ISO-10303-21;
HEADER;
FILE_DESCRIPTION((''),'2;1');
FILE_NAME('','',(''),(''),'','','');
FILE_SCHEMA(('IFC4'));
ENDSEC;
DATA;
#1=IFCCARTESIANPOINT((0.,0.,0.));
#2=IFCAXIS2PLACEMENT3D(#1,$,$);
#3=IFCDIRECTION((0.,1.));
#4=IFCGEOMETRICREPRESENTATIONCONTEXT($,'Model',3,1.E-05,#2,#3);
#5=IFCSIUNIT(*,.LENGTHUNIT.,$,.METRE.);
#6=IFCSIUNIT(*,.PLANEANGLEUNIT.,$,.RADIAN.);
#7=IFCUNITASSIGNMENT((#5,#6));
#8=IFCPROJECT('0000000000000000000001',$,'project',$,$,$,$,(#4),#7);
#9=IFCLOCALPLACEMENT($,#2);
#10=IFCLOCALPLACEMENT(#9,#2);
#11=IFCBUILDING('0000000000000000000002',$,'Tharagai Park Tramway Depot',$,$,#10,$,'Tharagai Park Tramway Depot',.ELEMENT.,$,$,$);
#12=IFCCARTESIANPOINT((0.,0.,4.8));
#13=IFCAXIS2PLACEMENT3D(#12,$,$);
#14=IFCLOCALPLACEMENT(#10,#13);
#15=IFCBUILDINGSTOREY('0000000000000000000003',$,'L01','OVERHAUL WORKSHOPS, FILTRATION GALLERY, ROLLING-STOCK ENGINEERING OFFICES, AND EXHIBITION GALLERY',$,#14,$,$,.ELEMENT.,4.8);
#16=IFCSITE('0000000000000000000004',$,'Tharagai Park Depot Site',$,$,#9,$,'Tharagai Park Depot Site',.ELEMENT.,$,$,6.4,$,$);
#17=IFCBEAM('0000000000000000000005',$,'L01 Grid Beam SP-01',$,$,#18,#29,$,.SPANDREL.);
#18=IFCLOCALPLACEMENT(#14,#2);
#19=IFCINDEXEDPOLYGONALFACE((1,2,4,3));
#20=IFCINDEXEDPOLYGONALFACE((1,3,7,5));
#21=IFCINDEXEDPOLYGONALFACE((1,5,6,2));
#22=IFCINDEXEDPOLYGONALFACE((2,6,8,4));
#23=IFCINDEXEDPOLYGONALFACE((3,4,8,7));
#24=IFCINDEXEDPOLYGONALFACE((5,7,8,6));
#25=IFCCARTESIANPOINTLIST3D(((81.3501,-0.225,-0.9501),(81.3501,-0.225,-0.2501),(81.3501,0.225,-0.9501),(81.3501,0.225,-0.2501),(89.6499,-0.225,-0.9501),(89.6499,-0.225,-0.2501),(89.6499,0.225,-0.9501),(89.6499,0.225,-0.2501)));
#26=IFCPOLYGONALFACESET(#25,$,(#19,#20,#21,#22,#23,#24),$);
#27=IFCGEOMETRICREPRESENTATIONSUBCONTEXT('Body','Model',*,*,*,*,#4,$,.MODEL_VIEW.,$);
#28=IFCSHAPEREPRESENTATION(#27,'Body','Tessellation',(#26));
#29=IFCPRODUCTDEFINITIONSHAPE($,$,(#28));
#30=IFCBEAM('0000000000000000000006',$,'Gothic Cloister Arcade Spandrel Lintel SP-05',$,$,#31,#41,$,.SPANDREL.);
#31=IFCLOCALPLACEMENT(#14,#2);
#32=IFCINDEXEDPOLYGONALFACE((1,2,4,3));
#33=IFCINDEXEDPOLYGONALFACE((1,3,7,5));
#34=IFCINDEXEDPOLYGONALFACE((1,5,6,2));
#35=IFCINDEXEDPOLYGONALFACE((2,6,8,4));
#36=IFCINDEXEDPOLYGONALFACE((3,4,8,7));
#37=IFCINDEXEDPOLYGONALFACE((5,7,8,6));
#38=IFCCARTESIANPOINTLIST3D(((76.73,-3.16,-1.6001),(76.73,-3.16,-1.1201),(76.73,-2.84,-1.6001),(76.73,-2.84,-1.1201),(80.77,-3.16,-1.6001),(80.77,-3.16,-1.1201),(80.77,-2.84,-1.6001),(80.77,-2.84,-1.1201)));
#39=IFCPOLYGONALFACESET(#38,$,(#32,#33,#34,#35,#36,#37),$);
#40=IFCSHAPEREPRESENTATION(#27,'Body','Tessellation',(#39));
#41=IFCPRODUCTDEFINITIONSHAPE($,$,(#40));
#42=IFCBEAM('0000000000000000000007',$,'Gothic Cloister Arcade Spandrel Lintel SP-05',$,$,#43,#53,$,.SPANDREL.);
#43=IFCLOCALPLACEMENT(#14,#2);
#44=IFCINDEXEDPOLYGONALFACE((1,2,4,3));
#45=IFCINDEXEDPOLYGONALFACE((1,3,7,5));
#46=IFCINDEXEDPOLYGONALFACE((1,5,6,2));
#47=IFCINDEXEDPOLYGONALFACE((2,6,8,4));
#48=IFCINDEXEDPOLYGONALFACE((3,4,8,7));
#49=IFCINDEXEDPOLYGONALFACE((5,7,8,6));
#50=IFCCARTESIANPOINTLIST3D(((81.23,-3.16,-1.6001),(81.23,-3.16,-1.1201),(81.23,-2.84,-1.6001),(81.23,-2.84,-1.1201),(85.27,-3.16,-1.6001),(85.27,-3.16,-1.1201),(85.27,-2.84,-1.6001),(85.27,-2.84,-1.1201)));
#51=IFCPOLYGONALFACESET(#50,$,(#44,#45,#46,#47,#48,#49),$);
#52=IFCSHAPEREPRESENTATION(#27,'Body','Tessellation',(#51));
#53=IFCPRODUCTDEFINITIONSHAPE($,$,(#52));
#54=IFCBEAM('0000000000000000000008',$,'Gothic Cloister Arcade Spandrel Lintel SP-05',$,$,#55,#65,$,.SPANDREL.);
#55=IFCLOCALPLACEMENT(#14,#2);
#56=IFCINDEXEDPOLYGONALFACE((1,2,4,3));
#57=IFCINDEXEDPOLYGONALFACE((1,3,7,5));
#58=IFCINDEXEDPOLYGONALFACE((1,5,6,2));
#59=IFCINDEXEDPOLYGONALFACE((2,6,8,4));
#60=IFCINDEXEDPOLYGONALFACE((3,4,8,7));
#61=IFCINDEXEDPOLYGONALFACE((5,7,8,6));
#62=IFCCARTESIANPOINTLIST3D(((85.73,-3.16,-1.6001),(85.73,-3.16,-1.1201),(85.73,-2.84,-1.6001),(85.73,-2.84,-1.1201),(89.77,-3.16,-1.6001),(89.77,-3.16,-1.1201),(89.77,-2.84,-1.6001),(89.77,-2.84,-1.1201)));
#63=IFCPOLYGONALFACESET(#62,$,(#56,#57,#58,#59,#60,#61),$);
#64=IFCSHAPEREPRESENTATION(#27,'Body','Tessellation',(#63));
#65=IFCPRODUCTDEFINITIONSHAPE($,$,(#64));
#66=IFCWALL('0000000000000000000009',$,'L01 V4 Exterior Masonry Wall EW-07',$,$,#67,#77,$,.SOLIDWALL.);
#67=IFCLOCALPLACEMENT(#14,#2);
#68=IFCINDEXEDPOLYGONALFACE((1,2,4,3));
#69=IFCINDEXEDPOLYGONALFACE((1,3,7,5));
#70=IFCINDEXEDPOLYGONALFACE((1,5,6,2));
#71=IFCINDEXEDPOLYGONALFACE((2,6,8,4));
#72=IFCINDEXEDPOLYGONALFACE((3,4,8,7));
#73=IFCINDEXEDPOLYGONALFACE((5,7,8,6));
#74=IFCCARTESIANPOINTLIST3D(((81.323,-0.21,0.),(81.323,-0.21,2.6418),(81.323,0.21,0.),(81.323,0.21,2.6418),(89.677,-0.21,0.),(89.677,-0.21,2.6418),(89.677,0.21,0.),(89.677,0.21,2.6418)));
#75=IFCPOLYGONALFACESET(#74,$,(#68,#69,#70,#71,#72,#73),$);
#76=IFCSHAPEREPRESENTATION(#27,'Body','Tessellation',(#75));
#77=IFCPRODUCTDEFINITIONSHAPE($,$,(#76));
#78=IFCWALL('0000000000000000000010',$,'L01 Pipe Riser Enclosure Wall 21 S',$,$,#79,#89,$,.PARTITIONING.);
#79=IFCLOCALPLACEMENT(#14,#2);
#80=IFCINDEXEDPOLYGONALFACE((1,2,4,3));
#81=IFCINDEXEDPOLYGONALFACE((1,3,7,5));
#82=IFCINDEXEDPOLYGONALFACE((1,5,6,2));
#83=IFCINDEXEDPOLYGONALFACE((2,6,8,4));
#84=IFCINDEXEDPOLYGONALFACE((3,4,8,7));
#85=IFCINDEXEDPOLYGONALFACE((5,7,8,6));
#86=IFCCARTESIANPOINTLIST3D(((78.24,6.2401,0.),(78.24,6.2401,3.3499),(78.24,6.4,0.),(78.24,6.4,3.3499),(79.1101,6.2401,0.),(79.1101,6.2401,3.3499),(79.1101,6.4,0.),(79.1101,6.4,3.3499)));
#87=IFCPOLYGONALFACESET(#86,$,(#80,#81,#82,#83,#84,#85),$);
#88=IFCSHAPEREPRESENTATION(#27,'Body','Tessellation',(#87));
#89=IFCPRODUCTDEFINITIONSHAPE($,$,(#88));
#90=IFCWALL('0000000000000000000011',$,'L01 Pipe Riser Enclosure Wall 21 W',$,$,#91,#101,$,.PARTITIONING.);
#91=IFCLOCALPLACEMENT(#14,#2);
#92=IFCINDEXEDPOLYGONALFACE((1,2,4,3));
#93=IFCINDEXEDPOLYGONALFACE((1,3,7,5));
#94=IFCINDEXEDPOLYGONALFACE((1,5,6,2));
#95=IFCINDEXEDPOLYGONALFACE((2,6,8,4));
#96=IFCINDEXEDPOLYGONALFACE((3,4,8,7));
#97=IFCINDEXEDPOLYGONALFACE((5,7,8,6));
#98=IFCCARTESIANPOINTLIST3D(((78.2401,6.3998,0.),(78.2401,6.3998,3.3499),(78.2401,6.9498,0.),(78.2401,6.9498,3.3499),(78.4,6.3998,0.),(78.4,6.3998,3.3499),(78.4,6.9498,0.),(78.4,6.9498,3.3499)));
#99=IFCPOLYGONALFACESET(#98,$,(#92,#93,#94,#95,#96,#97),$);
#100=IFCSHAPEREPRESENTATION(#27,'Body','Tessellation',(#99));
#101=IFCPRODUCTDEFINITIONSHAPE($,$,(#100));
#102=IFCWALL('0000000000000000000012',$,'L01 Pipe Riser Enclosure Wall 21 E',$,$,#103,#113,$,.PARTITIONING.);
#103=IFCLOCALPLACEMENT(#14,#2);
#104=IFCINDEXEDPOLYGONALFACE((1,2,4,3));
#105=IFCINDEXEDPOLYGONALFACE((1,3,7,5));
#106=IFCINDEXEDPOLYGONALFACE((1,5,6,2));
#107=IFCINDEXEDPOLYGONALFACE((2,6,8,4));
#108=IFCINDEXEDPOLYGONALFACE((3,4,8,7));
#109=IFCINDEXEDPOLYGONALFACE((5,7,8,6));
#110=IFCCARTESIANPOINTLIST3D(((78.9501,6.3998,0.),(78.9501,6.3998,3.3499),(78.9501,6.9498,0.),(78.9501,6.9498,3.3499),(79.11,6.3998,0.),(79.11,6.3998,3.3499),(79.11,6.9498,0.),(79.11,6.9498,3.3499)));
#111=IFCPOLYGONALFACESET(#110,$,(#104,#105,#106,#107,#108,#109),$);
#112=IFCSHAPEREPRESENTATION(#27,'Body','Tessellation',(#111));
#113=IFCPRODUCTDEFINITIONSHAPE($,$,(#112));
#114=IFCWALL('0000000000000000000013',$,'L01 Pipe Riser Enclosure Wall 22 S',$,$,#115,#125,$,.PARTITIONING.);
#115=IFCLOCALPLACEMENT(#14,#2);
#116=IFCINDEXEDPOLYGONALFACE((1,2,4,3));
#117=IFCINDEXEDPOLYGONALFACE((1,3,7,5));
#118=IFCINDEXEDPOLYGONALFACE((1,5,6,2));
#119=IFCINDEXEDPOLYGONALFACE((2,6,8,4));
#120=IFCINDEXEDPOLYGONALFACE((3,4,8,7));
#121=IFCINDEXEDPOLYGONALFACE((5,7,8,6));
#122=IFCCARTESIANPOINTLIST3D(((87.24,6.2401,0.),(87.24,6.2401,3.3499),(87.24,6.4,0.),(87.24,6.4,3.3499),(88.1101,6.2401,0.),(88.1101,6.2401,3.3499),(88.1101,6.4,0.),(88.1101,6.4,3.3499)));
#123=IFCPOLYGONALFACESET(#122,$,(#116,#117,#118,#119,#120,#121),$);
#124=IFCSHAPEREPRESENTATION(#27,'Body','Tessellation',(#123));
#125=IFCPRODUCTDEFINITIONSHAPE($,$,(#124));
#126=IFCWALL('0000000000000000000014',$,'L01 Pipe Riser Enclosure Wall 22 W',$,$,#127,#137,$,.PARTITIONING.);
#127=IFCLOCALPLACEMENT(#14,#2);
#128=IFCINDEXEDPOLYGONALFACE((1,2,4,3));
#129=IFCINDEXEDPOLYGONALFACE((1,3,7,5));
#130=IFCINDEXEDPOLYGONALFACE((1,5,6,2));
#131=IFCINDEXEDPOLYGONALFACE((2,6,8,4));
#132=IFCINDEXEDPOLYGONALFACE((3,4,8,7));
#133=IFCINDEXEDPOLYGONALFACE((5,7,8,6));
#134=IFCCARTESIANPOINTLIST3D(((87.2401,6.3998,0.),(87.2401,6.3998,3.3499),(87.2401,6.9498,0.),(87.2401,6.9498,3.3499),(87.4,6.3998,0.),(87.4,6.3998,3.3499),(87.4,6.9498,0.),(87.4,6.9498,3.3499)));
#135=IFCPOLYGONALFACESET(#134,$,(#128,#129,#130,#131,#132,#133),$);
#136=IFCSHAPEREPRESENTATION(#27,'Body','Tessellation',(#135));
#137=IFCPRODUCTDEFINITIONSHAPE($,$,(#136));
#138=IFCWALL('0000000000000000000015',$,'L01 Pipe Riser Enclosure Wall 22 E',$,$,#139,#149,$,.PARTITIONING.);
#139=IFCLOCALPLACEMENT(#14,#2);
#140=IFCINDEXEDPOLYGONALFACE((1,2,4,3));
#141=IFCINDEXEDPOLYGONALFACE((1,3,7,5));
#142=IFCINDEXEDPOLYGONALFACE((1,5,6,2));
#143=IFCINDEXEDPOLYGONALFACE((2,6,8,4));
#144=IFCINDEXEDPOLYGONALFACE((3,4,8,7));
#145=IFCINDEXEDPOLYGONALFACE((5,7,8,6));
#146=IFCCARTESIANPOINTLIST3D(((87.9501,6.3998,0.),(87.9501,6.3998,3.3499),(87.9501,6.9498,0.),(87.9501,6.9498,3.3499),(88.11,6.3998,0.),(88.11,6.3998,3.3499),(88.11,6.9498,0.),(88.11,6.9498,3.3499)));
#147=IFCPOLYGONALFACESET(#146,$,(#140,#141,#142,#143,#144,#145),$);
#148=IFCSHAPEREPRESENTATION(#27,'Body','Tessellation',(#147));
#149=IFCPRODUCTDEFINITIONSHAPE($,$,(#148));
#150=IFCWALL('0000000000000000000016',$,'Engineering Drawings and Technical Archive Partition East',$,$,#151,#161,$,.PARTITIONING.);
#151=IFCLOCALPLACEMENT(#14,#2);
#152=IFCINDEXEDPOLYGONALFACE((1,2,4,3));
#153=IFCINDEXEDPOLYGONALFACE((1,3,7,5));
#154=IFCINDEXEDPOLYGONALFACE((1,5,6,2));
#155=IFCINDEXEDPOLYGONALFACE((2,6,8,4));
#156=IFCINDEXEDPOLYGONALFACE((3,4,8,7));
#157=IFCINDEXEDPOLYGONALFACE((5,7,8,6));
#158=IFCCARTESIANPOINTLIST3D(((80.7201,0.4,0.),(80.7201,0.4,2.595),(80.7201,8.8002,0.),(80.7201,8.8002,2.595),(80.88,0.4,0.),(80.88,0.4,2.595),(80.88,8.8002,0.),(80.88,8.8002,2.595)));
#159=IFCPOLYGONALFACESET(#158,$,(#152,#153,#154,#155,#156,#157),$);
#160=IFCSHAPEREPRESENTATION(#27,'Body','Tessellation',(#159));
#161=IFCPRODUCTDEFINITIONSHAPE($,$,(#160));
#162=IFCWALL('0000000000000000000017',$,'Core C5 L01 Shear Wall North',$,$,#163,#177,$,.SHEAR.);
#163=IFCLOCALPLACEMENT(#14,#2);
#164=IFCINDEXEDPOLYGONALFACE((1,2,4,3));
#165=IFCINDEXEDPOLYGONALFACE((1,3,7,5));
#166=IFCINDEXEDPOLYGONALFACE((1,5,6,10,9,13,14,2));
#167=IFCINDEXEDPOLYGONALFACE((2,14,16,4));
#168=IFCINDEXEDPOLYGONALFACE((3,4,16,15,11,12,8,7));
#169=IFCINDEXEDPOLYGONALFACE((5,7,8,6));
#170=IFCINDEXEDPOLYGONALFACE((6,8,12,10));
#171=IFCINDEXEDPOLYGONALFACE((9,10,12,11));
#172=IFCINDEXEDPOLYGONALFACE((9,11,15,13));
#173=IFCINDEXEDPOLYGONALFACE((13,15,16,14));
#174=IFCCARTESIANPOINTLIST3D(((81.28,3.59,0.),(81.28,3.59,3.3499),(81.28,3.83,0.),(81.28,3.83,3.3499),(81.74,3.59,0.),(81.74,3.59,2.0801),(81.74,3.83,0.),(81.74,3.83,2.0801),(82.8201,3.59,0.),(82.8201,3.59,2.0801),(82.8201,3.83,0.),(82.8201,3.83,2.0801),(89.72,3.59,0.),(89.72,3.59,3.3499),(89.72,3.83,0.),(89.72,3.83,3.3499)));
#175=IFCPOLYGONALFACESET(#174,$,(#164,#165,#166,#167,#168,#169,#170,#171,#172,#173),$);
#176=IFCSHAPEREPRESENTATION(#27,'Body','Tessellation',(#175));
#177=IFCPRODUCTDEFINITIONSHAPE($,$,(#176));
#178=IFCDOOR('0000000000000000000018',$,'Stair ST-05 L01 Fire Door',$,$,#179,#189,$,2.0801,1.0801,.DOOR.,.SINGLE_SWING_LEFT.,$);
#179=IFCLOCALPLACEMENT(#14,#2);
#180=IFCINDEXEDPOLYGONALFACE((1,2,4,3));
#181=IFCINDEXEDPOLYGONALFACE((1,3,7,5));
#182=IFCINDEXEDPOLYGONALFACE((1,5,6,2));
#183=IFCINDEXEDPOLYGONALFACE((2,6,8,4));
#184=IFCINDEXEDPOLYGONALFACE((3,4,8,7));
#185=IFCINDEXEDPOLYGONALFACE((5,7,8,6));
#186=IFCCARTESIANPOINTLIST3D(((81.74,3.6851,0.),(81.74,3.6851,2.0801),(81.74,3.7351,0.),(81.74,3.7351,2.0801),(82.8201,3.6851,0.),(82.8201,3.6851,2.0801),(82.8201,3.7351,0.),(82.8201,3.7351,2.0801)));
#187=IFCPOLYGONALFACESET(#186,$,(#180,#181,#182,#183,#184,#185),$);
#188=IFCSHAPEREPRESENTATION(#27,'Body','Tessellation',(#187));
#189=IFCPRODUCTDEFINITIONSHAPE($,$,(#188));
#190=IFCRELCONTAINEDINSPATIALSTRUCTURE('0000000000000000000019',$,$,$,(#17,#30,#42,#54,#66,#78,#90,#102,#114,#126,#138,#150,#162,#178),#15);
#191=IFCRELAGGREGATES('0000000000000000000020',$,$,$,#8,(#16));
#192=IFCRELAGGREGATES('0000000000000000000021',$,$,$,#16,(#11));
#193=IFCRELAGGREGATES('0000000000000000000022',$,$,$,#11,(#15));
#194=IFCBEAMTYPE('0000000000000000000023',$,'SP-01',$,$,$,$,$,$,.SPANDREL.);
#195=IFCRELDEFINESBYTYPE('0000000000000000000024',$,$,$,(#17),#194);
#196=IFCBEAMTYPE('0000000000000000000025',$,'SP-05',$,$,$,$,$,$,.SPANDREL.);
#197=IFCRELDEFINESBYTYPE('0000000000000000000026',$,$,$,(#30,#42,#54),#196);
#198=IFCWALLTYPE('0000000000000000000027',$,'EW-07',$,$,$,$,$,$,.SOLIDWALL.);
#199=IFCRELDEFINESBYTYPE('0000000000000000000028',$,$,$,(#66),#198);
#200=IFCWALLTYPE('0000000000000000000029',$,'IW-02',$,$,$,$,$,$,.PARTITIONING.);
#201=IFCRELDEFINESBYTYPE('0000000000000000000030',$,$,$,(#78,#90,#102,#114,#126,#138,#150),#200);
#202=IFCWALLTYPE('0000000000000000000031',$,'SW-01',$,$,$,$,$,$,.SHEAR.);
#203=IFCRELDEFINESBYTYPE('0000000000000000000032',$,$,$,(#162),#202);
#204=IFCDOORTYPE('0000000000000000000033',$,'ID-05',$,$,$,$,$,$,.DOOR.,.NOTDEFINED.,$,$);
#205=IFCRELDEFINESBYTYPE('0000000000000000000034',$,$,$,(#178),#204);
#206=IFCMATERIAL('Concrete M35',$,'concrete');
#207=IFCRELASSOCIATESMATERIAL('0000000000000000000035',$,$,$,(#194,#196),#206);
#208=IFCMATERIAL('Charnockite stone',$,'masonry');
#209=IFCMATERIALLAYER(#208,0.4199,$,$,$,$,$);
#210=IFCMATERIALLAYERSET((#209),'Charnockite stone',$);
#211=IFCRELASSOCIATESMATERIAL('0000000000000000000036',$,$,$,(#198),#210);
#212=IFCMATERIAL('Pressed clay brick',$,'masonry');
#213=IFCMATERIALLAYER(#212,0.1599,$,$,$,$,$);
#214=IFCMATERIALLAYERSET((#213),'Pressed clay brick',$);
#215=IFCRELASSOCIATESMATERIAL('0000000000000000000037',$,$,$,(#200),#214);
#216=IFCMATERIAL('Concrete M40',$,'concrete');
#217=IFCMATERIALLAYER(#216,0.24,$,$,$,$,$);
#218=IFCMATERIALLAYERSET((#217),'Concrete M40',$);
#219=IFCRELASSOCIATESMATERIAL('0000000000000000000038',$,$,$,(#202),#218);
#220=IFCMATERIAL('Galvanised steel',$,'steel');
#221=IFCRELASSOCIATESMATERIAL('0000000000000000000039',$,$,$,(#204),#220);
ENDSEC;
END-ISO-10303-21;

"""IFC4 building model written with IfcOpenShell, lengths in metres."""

from ifc_helpers import new_model, si_unit, direction, frame, frame_2d, origin, origin_2d, place, context, subcontext, project, spatial, rectangle, extrude, material, layer, layer_set, material_profile, profile_set, type_object, element, fill, save


model = new_model("IFC4")

# Units and contexts
model_context = context("Model", 3, precision=1e-05, world=origin(), true_north=direction((0.0, 1.0)))
body_context = subcontext(model_context, "Body", "Model", "MODEL_VIEW")
ifc_project = project(units=[si_unit("LENGTHUNIT", "METRE"), si_unit("PLANEANGLEUNIT", "RADIAN")], contexts=[model_context])

# Site, building, storey
site_placement = place(None, origin())
site = spatial("IfcSite", under=ifc_project, at=site_placement, Name="Tharagai Park Depot Site", LongName="Tharagai Park Depot Site", CompositionType="ELEMENT", RefElevation=6.4)
building_placement = place(site_placement, origin())
building = spatial("IfcBuilding", under=site, at=building_placement, Name="Tharagai Park Tramway Depot", LongName="Tharagai Park Tramway Depot", CompositionType="ELEMENT")
storey_placement = place(building_placement, frame((0.0, 0.0, 4.8)))
storey = spatial("IfcBuildingStorey", under=building, at=storey_placement, Name="L01", Description="OVERHAUL WORKSHOPS, FILTRATION GALLERY, ROLLING-STOCK ENGINEERING OFFICES, AND EXHIBITION GALLERY", CompositionType="ELEMENT", Elevation=4.8)

# Shared definitions
ifc_material_1 = material(Name="Concrete M40", Category="concrete")

# Shared definitions
ifc_material_2 = material(Name="Concrete M35", Category="concrete")

# Beams
ifc_material_profile_1 = material_profile(ifc_material_2, rectangle(XDim=0.45, YDim=0.7, at=origin_2d()), Name="RC 450x700")
ifc_profile_set_1 = profile_set([ifc_material_profile_1], Name="Concrete M35")
beam_type_1 = type_object("IfcBeamType", Name="SP-01", PredefinedType="SPANDREL", material=ifc_profile_set_1)
beam_1_placement = place(storey_placement, frame((81.3501, 0.0, -0.6001), z_axis=(1.0, 0.0, 0.0), x_axis=(0.0, 1.0, 0.0)))
element("IfcBeam", 1, at=beam_1_placement, inside=storey, type_object=beam_type_1, Name="L01 Grid Beam SP-01", PredefinedType="SPANDREL", context=body_context, shape_type="SweptSolid", body=[
    extrude(rectangle(XDim=0.45, YDim=0.7, at=origin_2d()), origin(), (0.0, 0.0, 1.0), 8.2998),
])
ifc_material_profile_2 = material_profile(ifc_material_2, rectangle(XDim=0.3201, YDim=0.48, at=origin_2d()), Name="RC 320x480")
ifc_profile_set_2 = profile_set([ifc_material_profile_2], Name="Concrete M35")
beam_type_2 = type_object("IfcBeamType", Name="SP-05", PredefinedType="SPANDREL", material=ifc_profile_set_2)
for number, where, z_axis, x_axis, name in (
    (2, (76.73, -3.0, -1.3601), (1.0, 0.0, 0.0), (0.0, 1.0, 0.0), "Gothic Cloister Arcade Spandrel Lintel SP-05"),
    (3, (81.23, -3.0, -1.3601), (1.0, 0.0, 0.0), (0.0, 1.0, 0.0), "Gothic Cloister Arcade Spandrel Lintel SP-05"),
    (4, (85.73, -3.0, -1.3601), (1.0, 0.0, 0.0), (0.0, 1.0, 0.0), "Gothic Cloister Arcade Spandrel Lintel SP-05"),
):
    element("IfcBeam", number, at=place(storey_placement, frame(where, z_axis=z_axis, x_axis=x_axis)), inside=storey, type_object=beam_type_2, Name=name, PredefinedType="SPANDREL", context=body_context, shape_type="SweptSolid", body=[
        extrude(rectangle(XDim=0.3201, YDim=0.48, at=origin_2d()), origin(), (0.0, 0.0, 1.0), 4.04),
    ])

# Walls
ifc_material_3 = material(Name="Charnockite stone", Category="masonry")
ifc_layer_1 = layer(ifc_material_3, 0.4199)
ifc_layer_set_1 = layer_set([ifc_layer_1], Name="Charnockite stone")
wall_type_1 = type_object("IfcWallType", Name="EW-07", PredefinedType="SOLIDWALL", material=ifc_layer_set_1)
wall_1_placement = place(storey_placement, frame((81.323, 0.0, 0.0), z_axis=(0.0, 0.0, 1.0), x_axis=(1.0, 0.0, 0.0)))
element("IfcWall", 5, at=wall_1_placement, inside=storey, type_object=wall_type_1, Name="L01 V4 Exterior Masonry Wall EW-07", PredefinedType="SOLIDWALL", context=body_context, shape_type="SweptSolid", body=[
    extrude(rectangle(XDim=8.354, YDim=0.4199, at=frame_2d((4.177, 0.0))), origin(), (0.0, 0.0, 1.0), 2.6418),
])
ifc_material_4 = material(Name="Pressed clay brick", Category="masonry")
ifc_layer_2 = layer(ifc_material_4, 0.1599)
ifc_layer_set_2 = layer_set([ifc_layer_2], Name="Pressed clay brick")
wall_type_2 = type_object("IfcWallType", Name="IW-02", PredefinedType="PARTITIONING", material=ifc_layer_set_2)
wall_2_placement = place(storey_placement, frame((78.24, 6.3201, 0.0), z_axis=(0.0, 0.0, 1.0), x_axis=(1.0, 0.0, 0.0)))
element("IfcWall", 6, at=wall_2_placement, inside=storey, type_object=wall_type_2, Name="L01 Pipe Riser Enclosure Wall 21 S", PredefinedType="PARTITIONING", context=body_context, shape_type="SweptSolid", body=[
    extrude(rectangle(XDim=0.8701, YDim=0.1599, at=frame_2d((0.4351, 0.0))), origin(), (0.0, 0.0, 1.0), 3.3499),
])
for number, where, z_axis, x_axis, name in (
    (7, (78.3201, 6.3999, 0.0), (0.0, 0.0, 1.0), (0.0, 1.0, 0.0), "L01 Pipe Riser Enclosure Wall 21 W"),
    (8, (79.03, 6.3999, 0.0), (0.0, 0.0, 1.0), (0.0, 1.0, 0.0), "L01 Pipe Riser Enclosure Wall 21 E"),
):
    element("IfcWall", number, at=place(storey_placement, frame(where, z_axis=z_axis, x_axis=x_axis)), inside=storey, type_object=wall_type_2, Name=name, PredefinedType="PARTITIONING", context=body_context, shape_type="SweptSolid", body=[
        extrude(rectangle(XDim=0.55, YDim=0.1599, at=frame_2d((0.2749, 0.0))), origin(), (0.0, 0.0, 1.0), 3.3499),
    ])
wall_3_placement = place(storey_placement, frame((87.24, 6.3201, 0.0), z_axis=(0.0, 0.0, 1.0), x_axis=(1.0, 0.0, 0.0)))
element("IfcWall", 9, at=wall_3_placement, inside=storey, type_object=wall_type_2, Name="L01 Pipe Riser Enclosure Wall 22 S", PredefinedType="PARTITIONING", context=body_context, shape_type="SweptSolid", body=[
    extrude(rectangle(XDim=0.8701, YDim=0.1599, at=frame_2d((0.4351, 0.0))), origin(), (0.0, 0.0, 1.0), 3.3499),
])
for number, where, z_axis, x_axis, name in (
    (10, (87.3201, 6.3999, 0.0), (0.0, 0.0, 1.0), (0.0, 1.0, 0.0), "L01 Pipe Riser Enclosure Wall 22 W"),
    (11, (88.03, 6.3999, 0.0), (0.0, 0.0, 1.0), (0.0, 1.0, 0.0), "L01 Pipe Riser Enclosure Wall 22 E"),
):
    element("IfcWall", number, at=place(storey_placement, frame(where, z_axis=z_axis, x_axis=x_axis)), inside=storey, type_object=wall_type_2, Name=name, PredefinedType="PARTITIONING", context=body_context, shape_type="SweptSolid", body=[
        extrude(rectangle(XDim=0.55, YDim=0.1599, at=frame_2d((0.2749, 0.0))), origin(), (0.0, 0.0, 1.0), 3.3499),
    ])
wall_4_placement = place(storey_placement, frame((80.8, 0.3999, 0.0), z_axis=(0.0, 0.0, 1.0), x_axis=(0.0, 1.0, 0.0)))
element("IfcWall", 12, at=wall_4_placement, inside=storey, type_object=wall_type_2, Name="Engineering Drawings and Technical Archive Partition East", PredefinedType="PARTITIONING", context=body_context, shape_type="SweptSolid", body=[
    extrude(rectangle(XDim=8.4001, YDim=0.1599, at=frame_2d((4.2002, 0.0))), origin(), (0.0, 0.0, 1.0), 2.595),
])

# Wall, opening, door
ifc_layer_3 = layer(ifc_material_1, 0.24)
ifc_layer_set_3 = layer_set([ifc_layer_3], Name="Concrete M40")
wall_type_3 = type_object("IfcWallType", Name="SW-01", PredefinedType="SHEAR", material=ifc_layer_set_3)
wall_5_placement = place(storey_placement, frame((81.28, 3.71, 0.0), z_axis=(0.0, 0.0, 1.0), x_axis=(1.0, 0.0, 0.0)))
wall_5 = element("IfcWall", 13, at=wall_5_placement, inside=storey, type_object=wall_type_3, Name="Core C5 L01 Shear Wall North", PredefinedType="SHEAR", context=body_context, shape_type="SweptSolid", body=[
    extrude(rectangle(XDim=8.4399, YDim=0.24, at=frame_2d((4.22, 0.0))), origin(), (0.0, 0.0, 1.0), 3.3499),
])
opening_placement = place(wall_5_placement, frame((0.46, 0.0, 0.0)))
opening = element("IfcOpeningElement", 14, at=opening_placement, cuts=wall_5, PredefinedType="OPENING", context=body_context, shape_type="SweptSolid", body=[
    extrude(rectangle(XDim=1.0801, YDim=2.0801, at=frame_2d((0.54, 1.04))), frame((0.0, 0.1299, 0.0), z_axis=(0.0, -1.0, 0.0), x_axis=(1.0, 0.0, 0.0)), (0.0, 0.0, 1.0), 0.26),
])
ifc_material_5 = material(Name="Galvanised steel", Category="steel")
door_type = type_object("IfcDoorType", Name="ID-05", OperationType="NOTDEFINED", PredefinedType="DOOR", material=ifc_material_5)
door_placement = place(opening_placement, frame((1.0801, 0.0, 0.0), z_axis=(0.0, 0.0, 1.0), x_axis=(-1.0, 0.0, 0.0)))
door = element("IfcDoor", 15, at=door_placement, inside=storey, type_object=door_type, Name="Stair ST-05 L01 Fire Door", OperationType="SINGLE_SWING_LEFT", OverallHeight=2.0801, OverallWidth=1.0801, PredefinedType="DOOR", context=body_context, shape_type="SweptSolid", body=[
    extrude(rectangle(XDim=1.0801, YDim=2.0801, at=frame_2d((0.54, 1.04))), frame((0.0, 0.0249, 0.0), z_axis=(0.0, -1.0, 0.0), x_axis=(1.0, 0.0, 0.0)), (0.0, 0.0, 1.0), 0.05),
])
fill(opening, door)

save(model, "model.ifc")
